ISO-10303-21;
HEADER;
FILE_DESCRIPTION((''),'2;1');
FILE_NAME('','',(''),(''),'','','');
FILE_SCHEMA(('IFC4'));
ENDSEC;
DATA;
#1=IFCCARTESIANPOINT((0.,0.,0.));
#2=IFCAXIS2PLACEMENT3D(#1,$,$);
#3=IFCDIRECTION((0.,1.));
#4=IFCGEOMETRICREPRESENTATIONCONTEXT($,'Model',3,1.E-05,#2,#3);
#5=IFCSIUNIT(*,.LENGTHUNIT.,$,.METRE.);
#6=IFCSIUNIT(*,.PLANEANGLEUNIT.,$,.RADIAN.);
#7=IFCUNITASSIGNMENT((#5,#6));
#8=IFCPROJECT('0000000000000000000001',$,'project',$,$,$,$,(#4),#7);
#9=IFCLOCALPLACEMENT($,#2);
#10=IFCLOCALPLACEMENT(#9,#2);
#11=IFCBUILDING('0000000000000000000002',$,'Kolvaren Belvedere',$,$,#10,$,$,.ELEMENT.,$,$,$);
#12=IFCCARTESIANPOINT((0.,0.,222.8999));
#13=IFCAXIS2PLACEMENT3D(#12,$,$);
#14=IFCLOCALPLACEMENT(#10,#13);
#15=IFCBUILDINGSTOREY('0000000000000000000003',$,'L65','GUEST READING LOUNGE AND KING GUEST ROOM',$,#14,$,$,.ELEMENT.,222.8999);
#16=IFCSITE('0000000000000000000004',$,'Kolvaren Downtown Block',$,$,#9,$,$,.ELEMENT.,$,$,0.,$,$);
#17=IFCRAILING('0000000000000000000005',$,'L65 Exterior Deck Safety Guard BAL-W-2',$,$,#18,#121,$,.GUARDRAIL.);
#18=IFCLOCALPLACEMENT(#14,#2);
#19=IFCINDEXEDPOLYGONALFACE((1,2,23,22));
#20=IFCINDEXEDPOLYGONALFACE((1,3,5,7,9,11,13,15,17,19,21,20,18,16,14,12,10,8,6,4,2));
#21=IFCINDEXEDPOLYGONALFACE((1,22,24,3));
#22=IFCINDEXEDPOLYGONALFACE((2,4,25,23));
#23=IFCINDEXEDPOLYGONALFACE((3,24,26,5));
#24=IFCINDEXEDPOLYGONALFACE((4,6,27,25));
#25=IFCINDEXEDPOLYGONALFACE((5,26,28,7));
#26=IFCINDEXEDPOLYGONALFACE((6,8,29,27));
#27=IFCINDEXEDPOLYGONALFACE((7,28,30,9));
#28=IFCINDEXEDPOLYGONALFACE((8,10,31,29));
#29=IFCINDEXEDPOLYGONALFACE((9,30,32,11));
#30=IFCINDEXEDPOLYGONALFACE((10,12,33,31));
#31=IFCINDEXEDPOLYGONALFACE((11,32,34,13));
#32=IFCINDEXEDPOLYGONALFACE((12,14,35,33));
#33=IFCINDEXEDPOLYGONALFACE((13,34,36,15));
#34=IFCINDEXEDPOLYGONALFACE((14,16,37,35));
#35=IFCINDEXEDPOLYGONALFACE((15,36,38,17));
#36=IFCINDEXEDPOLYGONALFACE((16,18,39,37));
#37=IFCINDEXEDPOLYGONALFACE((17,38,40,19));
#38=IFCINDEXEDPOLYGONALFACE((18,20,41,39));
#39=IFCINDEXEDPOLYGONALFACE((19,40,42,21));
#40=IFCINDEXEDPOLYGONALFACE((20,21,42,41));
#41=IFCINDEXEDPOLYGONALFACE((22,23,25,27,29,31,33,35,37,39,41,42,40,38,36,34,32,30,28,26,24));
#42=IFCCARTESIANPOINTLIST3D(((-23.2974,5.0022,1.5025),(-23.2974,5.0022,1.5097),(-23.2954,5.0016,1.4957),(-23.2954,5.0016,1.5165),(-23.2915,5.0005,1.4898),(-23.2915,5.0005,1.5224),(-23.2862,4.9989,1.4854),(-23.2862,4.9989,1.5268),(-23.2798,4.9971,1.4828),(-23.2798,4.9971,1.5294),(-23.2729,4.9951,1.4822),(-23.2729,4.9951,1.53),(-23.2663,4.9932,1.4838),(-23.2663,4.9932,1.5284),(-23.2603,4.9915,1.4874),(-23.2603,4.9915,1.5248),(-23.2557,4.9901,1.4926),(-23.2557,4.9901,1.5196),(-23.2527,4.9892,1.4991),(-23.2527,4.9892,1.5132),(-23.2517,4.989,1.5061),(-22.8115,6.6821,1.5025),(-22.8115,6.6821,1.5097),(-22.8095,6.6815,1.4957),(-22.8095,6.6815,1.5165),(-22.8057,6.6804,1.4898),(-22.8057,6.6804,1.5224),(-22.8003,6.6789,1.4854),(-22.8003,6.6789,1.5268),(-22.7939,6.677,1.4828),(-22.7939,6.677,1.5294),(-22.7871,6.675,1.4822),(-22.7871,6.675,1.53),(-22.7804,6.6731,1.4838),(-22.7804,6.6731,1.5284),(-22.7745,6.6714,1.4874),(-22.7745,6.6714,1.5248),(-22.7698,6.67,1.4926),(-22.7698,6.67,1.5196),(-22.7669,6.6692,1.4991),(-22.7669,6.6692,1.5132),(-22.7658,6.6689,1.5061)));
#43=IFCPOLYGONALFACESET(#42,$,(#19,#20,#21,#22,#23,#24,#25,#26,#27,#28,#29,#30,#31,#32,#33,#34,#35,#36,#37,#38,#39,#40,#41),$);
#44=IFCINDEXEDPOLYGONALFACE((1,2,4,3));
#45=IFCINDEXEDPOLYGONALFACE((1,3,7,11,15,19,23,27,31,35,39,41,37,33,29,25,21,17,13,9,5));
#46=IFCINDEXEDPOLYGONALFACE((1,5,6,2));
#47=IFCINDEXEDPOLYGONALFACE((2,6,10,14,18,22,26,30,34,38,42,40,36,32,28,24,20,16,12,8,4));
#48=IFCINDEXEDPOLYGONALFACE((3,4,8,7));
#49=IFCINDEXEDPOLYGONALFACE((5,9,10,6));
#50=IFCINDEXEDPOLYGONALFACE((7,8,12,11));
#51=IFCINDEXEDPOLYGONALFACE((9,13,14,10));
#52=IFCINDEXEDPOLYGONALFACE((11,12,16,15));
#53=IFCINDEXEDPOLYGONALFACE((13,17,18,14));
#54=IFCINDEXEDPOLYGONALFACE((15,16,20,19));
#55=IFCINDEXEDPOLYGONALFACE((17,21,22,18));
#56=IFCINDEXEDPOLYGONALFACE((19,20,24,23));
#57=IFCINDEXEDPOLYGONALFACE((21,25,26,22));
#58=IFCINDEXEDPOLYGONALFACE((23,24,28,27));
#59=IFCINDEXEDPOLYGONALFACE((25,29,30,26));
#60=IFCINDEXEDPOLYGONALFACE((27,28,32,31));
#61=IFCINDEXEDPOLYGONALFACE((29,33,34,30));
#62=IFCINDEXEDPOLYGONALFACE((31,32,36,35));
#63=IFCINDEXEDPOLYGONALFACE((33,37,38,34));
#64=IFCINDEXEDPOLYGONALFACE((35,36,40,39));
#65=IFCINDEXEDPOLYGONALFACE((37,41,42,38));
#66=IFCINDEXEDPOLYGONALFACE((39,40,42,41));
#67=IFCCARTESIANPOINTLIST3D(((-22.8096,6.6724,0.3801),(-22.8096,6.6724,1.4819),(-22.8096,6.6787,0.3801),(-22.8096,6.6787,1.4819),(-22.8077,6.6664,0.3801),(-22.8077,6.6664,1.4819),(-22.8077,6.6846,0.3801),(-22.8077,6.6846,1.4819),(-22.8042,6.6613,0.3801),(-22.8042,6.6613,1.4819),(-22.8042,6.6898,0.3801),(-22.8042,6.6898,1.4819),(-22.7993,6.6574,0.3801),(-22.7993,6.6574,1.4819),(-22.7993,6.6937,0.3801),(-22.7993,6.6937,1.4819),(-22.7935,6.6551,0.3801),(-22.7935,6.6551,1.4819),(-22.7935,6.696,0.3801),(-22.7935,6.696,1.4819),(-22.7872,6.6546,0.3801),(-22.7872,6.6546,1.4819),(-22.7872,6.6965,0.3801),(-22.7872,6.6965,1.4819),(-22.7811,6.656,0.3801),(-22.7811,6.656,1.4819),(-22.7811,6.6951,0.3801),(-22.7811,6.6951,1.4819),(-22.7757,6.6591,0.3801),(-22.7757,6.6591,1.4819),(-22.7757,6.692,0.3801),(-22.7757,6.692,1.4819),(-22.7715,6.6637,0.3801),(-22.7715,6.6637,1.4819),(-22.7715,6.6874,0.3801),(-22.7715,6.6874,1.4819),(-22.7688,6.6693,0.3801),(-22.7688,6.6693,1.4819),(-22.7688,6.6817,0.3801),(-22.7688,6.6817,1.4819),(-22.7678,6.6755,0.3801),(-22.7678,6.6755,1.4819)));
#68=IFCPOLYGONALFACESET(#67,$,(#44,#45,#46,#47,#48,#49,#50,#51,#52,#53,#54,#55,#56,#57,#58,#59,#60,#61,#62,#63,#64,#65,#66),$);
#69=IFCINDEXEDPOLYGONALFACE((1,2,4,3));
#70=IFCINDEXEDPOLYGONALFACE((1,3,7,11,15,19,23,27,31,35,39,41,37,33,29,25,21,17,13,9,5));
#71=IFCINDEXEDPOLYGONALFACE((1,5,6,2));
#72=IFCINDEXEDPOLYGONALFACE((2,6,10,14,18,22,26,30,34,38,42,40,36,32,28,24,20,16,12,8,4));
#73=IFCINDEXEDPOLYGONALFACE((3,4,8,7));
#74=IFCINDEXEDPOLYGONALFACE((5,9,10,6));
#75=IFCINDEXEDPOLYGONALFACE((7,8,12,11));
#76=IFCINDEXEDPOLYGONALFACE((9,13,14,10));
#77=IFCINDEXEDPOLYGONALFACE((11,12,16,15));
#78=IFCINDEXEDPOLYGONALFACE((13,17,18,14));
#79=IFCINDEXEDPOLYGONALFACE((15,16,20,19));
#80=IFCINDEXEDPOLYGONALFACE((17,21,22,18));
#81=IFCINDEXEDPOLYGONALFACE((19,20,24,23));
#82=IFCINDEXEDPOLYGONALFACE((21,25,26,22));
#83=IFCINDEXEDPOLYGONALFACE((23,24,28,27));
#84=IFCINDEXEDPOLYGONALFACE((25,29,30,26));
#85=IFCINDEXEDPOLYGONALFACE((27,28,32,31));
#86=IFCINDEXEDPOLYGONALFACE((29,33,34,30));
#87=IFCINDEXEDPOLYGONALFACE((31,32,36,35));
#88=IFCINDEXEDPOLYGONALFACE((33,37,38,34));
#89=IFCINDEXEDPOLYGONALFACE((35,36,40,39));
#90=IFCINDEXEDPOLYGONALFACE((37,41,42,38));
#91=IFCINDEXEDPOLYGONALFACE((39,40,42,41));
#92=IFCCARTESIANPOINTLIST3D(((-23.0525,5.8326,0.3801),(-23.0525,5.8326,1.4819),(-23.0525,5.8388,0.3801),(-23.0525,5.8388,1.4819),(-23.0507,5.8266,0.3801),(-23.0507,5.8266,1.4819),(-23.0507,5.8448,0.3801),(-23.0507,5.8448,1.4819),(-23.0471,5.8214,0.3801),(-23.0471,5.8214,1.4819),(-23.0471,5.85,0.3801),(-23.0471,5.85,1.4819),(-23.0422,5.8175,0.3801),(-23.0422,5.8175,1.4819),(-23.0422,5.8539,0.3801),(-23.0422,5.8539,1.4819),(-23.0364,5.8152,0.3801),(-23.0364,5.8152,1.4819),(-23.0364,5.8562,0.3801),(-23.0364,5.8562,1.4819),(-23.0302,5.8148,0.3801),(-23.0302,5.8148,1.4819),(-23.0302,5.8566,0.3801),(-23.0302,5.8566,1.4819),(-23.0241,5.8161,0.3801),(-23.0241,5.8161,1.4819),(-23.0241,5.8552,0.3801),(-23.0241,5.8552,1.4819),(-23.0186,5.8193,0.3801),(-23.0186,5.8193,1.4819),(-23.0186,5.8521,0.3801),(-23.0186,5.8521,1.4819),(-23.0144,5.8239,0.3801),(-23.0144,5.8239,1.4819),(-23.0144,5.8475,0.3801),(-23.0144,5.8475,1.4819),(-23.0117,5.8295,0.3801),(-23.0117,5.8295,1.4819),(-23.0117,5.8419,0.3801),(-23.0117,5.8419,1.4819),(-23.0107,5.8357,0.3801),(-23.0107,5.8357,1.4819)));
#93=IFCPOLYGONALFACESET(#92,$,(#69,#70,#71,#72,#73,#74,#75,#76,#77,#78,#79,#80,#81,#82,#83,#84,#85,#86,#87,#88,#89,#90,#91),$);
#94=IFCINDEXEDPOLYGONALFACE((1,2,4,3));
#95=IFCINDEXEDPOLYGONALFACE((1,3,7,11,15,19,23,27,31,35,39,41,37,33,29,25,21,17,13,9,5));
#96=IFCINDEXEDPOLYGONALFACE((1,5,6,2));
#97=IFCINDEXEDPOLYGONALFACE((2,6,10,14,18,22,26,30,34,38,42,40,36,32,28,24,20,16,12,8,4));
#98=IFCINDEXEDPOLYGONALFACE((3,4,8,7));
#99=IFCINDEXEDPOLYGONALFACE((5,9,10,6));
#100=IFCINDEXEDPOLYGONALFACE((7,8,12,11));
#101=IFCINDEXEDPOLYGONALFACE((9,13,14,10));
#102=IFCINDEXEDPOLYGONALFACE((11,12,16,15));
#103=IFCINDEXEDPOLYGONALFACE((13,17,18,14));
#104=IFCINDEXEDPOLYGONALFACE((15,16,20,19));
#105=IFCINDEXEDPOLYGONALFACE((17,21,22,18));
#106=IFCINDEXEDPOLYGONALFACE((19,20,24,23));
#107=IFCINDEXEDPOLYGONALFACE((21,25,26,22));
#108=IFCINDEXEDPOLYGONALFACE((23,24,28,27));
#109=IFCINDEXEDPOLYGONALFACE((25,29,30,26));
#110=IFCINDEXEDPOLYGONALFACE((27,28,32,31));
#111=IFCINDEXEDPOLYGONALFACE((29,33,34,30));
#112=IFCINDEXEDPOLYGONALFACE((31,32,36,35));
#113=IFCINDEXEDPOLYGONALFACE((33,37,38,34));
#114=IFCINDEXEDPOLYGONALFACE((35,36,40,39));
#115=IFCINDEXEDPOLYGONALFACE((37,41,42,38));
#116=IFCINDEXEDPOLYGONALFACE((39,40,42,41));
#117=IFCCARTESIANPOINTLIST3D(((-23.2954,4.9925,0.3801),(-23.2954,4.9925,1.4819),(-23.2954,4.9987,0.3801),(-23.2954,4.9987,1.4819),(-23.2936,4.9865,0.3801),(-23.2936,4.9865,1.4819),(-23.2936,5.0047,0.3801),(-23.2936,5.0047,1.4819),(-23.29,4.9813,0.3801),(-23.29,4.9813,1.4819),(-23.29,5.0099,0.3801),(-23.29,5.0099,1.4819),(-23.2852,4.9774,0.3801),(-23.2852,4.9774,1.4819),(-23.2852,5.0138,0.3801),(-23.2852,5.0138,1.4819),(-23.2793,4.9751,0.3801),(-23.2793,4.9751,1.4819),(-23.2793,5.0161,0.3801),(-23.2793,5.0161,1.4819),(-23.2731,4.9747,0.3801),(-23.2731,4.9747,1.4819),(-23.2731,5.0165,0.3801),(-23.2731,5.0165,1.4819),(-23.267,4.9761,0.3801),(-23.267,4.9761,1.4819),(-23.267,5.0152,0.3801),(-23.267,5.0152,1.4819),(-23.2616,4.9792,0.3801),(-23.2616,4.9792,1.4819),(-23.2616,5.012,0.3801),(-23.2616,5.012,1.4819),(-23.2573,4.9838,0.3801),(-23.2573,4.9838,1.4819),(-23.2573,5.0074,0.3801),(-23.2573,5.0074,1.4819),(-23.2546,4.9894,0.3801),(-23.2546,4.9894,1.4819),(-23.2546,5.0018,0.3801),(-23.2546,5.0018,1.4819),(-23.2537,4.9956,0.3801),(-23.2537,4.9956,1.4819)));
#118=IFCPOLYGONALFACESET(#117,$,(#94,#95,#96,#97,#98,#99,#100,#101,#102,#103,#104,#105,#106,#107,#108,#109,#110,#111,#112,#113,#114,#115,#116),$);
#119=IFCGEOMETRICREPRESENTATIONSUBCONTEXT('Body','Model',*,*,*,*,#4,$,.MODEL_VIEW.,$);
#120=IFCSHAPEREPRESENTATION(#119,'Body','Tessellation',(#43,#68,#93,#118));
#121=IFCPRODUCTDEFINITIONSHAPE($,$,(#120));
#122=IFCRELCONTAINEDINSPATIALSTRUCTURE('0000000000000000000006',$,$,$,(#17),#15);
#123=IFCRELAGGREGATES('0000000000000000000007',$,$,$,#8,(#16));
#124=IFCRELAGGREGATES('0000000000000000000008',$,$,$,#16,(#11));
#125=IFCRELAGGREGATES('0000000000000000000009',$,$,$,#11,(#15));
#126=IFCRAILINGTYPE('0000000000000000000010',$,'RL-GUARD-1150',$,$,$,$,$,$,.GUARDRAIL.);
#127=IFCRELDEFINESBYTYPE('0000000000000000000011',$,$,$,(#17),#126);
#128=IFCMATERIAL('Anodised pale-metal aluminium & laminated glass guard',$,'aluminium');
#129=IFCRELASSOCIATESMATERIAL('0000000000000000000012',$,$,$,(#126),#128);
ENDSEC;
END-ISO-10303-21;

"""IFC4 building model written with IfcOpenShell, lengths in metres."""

from ifc_helpers import new_model, si_unit, direction, frame, origin, origin_2d, place, context, subcontext, project, spatial, circle, extrude, material, type_object, element, save


model = new_model("IFC4")

# Units and contexts
model_context = context("Model", 3, precision=1e-05, world=origin(), true_north=direction((0.0, 1.0)))
body_context = subcontext(model_context, "Body", "Model", "MODEL_VIEW")
ifc_project = project(units=[si_unit("LENGTHUNIT", "METRE"), si_unit("PLANEANGLEUNIT", "RADIAN")], contexts=[model_context])

# Site, building, storey
site_placement = place(None, origin())
site = spatial("IfcSite", under=ifc_project, at=site_placement, Name="Kolvaren Downtown Block", CompositionType="ELEMENT", RefElevation=0.0)
building_placement = place(site_placement, origin())
building = spatial("IfcBuilding", under=site, at=building_placement, Name="Kolvaren Belvedere", CompositionType="ELEMENT")
storey_placement = place(building_placement, frame((0.0, 0.0, 222.8999)))
storey = spatial("IfcBuildingStorey", under=building, at=storey_placement, Name="L65", Description="GUEST READING LOUNGE AND KING GUEST ROOM", CompositionType="ELEMENT", Elevation=222.8999)

# Railing
ifc_material_1 = material(Name="Anodised pale-metal aluminium & laminated glass guard", Category="aluminium")
railing_type = type_object("IfcRailingType", Name="RL-GUARD-1150", PredefinedType="GUARDRAIL", material=ifc_material_1)
railing_1_placement = place(storey_placement, frame((-22.7888, 6.6755, 0.3801)))
element("IfcRailing", 1, at=railing_1_placement, inside=storey, type_object=railing_type, Name="L65 Exterior Deck Safety Guard BAL-W-2", PredefinedType="GUARDRAIL", context=body_context, shape_type="SweptSolid", body=[
    extrude(circle(Radius=0.0239, at=origin_2d()), frame((0.0, 0.0, 1.126), z_axis=(-0.277817, -0.960634, 0.0), x_axis=(0.960634, -0.277817, 0.0)), (0.0, 0.0, 1.0), 1.7488),
    extrude(circle(Radius=0.021, at=origin_2d()), origin(), (0.0, 0.0, 1.0), 1.1018),
    extrude(circle(Radius=0.021, at=origin_2d()), frame((-0.2429, -0.8398, 0.0)), (0.0, 0.0, 1.0), 1.1018),
    extrude(circle(Radius=0.021, at=origin_2d()), frame((-0.4858, -1.6799, 0.0)), (0.0, 0.0, 1.0), 1.1018),
])

save(model, "model.ifc")
